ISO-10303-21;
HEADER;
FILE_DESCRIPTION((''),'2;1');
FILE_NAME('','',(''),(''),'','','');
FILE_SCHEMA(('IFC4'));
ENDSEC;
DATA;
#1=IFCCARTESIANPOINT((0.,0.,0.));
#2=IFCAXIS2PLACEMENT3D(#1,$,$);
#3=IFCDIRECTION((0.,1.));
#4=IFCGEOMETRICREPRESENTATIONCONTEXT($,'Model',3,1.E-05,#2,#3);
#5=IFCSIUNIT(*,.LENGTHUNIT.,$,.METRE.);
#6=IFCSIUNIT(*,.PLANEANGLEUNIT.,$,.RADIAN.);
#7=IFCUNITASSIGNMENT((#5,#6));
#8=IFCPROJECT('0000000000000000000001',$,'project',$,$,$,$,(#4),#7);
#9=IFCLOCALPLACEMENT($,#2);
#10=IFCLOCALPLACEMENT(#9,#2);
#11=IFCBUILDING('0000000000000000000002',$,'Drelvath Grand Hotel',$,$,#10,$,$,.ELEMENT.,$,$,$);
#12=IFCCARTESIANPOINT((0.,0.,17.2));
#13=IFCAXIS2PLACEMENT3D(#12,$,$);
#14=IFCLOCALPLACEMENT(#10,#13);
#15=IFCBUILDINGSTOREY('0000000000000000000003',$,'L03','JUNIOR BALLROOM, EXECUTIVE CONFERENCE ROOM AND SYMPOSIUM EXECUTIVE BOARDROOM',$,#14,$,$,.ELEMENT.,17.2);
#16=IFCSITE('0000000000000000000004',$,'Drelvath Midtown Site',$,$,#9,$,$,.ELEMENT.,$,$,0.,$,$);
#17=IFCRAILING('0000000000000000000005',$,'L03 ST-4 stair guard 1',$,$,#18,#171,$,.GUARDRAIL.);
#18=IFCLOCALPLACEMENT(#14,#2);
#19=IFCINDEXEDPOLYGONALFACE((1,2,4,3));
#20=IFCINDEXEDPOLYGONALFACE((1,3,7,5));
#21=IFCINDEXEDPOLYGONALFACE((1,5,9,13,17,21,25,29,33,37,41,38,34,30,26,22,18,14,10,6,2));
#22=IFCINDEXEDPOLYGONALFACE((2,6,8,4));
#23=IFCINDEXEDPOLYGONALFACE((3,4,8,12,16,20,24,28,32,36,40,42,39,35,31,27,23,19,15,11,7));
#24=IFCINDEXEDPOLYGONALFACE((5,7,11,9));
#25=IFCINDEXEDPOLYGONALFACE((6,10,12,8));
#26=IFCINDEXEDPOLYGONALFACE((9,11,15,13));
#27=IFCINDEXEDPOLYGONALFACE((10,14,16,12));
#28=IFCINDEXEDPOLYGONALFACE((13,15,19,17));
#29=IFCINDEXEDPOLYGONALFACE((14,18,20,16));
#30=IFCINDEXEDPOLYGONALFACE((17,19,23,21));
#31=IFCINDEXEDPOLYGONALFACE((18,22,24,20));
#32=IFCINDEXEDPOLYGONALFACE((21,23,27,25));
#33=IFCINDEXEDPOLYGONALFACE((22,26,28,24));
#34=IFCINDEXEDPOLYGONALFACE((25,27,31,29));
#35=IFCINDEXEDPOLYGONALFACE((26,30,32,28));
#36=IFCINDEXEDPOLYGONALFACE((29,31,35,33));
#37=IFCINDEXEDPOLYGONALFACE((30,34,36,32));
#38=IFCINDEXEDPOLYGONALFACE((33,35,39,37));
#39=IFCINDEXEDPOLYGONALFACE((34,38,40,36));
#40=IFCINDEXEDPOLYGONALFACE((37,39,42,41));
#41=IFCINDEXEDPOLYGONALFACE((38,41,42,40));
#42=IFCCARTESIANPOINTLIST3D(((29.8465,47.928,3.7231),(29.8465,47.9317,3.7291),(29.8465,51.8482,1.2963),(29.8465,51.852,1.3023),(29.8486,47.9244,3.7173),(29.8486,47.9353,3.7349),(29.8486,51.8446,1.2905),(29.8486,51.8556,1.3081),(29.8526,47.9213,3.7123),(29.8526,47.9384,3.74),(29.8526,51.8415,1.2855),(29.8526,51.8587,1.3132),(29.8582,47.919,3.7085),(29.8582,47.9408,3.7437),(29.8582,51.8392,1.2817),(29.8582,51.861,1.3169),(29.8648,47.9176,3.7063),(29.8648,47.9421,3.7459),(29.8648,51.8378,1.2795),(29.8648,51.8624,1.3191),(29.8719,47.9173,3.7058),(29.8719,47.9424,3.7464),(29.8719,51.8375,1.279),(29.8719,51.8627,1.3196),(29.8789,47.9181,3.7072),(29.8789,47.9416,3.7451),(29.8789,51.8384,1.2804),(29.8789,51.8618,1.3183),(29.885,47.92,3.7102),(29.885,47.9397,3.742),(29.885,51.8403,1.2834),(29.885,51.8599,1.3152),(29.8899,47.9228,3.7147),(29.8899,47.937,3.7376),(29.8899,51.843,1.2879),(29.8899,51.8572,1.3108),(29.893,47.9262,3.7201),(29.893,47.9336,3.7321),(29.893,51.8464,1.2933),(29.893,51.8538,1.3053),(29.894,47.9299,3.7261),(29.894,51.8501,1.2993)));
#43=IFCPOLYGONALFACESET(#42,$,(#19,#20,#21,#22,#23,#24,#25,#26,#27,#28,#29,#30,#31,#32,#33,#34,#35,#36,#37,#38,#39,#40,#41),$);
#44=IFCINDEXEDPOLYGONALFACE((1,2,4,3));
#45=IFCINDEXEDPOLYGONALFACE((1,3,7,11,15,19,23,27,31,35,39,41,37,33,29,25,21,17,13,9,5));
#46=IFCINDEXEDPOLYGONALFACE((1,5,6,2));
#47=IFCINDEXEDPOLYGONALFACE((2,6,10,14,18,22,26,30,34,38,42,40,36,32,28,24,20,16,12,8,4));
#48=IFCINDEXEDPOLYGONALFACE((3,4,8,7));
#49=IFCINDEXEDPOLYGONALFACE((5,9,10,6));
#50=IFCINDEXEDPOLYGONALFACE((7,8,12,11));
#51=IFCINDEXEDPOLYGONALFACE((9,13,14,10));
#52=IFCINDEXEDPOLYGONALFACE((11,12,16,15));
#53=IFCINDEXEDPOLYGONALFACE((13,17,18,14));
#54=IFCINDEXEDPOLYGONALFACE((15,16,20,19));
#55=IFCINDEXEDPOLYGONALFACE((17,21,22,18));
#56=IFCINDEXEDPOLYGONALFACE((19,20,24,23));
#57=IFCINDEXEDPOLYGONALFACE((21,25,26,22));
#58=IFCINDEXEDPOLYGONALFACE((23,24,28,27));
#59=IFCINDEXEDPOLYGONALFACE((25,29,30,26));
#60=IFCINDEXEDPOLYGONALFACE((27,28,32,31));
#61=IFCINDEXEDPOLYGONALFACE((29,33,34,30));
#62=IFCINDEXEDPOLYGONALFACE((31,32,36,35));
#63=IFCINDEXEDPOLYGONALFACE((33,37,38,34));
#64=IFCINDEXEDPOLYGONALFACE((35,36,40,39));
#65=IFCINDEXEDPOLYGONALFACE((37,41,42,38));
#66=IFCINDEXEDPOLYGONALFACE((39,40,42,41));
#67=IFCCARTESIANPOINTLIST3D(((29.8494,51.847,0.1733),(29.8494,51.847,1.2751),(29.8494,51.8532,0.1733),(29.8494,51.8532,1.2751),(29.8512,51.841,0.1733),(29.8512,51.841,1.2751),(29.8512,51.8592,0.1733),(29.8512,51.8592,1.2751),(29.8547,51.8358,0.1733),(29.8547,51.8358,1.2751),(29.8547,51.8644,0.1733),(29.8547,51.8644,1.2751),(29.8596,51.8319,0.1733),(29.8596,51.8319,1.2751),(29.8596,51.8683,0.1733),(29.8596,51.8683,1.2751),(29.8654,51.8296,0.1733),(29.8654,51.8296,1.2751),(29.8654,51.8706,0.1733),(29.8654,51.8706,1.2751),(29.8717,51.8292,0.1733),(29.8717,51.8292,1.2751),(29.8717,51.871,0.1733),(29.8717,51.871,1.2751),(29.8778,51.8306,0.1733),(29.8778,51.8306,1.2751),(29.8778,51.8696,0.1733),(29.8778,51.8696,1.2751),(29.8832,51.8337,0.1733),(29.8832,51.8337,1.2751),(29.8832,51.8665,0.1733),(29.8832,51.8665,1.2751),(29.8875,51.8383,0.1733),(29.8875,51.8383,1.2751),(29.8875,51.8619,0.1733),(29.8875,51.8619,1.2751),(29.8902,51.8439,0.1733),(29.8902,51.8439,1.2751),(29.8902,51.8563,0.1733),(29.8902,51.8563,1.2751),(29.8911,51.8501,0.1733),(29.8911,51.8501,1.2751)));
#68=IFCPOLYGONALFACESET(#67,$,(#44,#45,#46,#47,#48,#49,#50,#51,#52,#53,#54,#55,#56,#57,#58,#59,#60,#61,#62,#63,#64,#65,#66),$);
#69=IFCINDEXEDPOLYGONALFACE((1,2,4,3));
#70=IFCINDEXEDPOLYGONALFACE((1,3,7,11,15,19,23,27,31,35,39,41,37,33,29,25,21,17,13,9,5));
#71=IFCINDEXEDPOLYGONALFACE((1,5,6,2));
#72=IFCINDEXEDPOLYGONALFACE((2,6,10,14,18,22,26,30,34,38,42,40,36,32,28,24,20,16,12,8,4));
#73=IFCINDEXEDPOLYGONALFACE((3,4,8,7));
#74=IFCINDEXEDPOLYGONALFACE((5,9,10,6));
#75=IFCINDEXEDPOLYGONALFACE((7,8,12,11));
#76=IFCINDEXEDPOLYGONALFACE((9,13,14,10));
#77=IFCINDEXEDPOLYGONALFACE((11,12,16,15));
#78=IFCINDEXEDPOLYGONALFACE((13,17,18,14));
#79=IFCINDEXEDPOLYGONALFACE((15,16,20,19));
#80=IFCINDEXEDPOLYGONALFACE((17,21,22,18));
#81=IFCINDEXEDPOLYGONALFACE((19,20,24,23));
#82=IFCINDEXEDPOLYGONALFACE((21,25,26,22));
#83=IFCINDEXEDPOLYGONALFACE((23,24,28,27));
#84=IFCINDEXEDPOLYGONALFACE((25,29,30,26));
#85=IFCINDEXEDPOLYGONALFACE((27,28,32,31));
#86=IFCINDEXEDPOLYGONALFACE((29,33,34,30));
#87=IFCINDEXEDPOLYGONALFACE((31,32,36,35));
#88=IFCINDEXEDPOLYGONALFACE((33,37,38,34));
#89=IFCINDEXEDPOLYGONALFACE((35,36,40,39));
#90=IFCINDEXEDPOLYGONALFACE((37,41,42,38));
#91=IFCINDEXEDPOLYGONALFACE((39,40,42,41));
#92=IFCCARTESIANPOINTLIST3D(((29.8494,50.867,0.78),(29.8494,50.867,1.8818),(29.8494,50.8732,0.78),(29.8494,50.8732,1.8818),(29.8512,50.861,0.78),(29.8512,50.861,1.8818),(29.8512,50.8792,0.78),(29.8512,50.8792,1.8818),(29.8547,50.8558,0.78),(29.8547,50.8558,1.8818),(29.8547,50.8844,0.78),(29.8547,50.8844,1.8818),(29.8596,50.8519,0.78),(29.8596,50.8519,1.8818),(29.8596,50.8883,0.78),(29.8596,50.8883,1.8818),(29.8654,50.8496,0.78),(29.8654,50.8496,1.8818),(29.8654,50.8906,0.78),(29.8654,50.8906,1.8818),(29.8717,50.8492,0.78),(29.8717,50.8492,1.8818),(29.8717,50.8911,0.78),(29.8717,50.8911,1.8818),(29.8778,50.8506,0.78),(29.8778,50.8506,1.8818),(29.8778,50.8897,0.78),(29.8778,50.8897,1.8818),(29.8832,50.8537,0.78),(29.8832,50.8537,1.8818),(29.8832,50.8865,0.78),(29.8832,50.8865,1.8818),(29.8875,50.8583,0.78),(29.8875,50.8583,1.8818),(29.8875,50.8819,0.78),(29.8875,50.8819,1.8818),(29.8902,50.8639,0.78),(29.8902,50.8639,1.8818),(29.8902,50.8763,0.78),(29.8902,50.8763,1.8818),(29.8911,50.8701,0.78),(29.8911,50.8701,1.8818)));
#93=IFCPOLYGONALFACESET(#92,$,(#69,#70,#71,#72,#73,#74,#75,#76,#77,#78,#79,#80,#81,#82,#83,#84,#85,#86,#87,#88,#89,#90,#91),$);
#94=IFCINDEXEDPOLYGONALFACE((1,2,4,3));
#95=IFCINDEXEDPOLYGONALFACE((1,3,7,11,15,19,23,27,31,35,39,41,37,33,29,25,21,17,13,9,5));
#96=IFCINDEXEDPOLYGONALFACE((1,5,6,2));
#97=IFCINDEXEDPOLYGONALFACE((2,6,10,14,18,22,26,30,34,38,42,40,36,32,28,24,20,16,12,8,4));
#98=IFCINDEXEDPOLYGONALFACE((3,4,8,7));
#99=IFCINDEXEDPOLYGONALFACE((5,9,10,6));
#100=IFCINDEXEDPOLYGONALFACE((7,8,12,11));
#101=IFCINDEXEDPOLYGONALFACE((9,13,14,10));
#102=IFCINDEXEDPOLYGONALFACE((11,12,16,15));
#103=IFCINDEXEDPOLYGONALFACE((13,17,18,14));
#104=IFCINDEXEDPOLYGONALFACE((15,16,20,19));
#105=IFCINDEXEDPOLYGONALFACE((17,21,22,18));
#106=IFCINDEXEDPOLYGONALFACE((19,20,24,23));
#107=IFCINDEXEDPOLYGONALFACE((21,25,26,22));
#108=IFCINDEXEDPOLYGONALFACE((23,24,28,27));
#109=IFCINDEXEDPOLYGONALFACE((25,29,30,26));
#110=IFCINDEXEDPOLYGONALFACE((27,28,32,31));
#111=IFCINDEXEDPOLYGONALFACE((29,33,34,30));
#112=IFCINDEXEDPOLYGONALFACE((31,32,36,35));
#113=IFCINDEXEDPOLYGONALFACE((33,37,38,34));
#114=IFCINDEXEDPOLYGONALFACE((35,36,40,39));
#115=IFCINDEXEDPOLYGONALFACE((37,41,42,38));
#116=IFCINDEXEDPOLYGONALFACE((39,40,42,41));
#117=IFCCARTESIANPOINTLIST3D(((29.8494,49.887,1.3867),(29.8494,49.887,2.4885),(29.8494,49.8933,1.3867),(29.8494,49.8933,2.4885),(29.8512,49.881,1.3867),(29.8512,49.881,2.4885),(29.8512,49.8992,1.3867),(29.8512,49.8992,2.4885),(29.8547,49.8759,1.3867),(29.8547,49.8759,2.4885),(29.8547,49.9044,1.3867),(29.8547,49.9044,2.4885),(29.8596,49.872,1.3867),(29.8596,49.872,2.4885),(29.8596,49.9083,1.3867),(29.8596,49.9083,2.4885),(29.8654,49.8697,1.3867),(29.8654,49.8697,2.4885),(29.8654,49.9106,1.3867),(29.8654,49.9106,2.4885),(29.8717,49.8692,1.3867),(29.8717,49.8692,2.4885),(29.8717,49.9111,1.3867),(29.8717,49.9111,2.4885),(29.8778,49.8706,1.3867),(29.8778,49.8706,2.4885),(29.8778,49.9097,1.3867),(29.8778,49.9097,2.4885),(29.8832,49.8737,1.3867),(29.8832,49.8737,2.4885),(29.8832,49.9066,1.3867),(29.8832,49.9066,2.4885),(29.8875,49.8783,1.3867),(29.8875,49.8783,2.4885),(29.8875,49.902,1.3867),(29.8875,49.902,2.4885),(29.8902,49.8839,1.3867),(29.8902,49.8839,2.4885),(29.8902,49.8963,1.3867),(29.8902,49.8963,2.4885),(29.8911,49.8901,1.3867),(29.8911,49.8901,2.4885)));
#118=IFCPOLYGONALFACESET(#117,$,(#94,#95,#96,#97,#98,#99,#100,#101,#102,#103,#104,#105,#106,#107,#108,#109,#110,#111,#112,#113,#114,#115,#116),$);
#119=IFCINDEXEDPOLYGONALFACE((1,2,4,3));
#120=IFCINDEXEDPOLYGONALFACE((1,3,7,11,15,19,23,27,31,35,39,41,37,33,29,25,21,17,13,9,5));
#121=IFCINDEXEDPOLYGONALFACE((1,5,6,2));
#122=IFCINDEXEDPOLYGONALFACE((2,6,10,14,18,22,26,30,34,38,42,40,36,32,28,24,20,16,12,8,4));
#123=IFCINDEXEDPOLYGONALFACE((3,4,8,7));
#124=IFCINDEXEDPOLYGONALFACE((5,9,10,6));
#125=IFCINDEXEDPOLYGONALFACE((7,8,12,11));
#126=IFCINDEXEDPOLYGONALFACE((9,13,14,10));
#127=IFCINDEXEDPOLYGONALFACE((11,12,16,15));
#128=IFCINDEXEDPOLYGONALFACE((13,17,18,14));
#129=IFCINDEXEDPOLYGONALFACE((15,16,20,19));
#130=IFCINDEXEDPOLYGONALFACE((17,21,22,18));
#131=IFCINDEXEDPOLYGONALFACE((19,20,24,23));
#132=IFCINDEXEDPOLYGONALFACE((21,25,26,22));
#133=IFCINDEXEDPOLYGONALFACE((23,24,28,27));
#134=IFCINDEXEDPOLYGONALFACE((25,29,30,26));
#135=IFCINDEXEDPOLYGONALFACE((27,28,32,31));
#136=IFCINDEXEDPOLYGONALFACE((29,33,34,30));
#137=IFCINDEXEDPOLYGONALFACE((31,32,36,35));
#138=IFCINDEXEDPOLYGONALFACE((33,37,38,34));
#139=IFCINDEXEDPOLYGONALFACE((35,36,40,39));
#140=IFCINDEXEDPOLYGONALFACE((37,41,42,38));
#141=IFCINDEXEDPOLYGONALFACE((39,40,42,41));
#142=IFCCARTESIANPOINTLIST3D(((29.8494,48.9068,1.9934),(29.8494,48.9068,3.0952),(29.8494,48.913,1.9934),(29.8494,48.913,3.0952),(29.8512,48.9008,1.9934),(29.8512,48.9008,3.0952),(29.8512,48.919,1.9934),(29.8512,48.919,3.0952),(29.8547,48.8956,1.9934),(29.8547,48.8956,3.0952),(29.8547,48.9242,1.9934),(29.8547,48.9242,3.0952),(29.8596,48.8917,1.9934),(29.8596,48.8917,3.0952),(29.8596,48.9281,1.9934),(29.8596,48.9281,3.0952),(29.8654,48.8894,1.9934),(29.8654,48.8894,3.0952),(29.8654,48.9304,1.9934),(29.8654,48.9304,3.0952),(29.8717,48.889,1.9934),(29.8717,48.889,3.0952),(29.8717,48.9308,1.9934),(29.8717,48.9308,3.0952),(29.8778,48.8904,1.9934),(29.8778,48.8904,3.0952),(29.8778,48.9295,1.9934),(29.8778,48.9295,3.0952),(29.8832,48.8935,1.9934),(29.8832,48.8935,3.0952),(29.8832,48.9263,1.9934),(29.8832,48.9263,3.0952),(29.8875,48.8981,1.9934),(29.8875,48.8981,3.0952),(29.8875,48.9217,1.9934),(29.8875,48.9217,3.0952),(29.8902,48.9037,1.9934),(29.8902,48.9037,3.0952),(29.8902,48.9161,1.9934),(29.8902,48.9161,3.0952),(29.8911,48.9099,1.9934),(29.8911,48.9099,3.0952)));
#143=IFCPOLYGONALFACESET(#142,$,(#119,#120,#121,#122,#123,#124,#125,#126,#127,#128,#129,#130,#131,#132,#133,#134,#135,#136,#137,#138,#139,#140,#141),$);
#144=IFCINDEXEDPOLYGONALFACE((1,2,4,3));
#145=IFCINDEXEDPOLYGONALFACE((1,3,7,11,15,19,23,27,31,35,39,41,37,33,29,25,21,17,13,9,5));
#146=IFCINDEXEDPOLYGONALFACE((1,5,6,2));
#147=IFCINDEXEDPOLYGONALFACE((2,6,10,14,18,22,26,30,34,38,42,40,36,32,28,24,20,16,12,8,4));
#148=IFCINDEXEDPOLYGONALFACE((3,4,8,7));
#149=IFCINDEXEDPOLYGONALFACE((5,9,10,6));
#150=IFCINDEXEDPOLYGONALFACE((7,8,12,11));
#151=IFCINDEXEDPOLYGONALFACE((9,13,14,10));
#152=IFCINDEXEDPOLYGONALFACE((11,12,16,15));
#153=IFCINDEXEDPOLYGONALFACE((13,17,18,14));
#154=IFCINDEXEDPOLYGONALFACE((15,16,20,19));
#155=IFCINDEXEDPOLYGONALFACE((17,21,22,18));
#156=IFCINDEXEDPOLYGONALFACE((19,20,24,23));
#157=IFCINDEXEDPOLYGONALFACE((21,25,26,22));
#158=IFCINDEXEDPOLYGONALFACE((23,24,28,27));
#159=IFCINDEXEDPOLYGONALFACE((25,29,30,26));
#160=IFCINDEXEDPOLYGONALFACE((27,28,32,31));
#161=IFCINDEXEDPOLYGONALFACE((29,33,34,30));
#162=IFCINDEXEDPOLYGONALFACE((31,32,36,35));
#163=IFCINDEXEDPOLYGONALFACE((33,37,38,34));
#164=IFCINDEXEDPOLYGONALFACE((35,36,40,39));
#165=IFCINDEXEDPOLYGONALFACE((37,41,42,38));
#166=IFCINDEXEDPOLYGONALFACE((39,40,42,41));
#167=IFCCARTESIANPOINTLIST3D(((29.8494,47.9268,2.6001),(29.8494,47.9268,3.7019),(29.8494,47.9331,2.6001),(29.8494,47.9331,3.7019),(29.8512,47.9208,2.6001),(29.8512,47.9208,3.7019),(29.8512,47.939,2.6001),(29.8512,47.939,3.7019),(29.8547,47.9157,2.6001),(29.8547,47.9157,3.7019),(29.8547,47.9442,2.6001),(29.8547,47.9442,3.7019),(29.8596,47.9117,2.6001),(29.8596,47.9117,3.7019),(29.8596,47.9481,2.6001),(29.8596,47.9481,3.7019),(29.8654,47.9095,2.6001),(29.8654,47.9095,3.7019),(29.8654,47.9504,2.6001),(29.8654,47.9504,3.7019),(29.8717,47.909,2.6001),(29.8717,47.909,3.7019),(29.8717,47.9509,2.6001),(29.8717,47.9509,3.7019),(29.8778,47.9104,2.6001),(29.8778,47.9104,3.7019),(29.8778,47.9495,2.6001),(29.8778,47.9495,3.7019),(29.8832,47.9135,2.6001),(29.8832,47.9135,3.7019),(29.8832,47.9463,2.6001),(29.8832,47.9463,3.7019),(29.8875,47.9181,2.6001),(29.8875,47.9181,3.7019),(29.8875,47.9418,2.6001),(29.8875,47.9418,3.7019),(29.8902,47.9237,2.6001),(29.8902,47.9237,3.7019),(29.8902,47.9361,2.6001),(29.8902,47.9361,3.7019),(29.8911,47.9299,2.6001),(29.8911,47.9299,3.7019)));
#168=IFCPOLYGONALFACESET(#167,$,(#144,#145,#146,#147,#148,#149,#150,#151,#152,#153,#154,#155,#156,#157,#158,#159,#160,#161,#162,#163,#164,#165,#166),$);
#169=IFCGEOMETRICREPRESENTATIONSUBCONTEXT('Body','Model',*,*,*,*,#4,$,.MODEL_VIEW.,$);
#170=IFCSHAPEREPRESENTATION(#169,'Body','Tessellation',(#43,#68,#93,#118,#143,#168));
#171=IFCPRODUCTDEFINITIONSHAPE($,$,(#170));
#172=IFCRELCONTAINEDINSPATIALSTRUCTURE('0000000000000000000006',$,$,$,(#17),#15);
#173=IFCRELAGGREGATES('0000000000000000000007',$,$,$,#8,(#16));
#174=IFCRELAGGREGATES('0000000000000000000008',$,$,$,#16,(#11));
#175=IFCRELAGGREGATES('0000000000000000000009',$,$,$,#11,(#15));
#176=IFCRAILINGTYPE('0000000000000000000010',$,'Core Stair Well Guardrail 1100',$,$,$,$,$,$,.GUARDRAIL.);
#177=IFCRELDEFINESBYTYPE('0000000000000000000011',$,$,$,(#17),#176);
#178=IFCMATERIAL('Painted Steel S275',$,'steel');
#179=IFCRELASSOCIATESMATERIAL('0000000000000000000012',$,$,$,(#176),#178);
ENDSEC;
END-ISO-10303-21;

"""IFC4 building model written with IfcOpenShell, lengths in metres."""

from ifc_helpers import new_model, si_unit, direction, frame, origin, origin_2d, place, context, subcontext, project, spatial, circle, extrude, material, type_object, element, save


model = new_model("IFC4")

# Units and contexts
model_context = context("Model", 3, precision=1e-05, world=origin(), true_north=direction((0.0, 1.0)))
body_context = subcontext(model_context, "Body", "Model", "MODEL_VIEW")
ifc_project = project(units=[si_unit("LENGTHUNIT", "METRE"), si_unit("PLANEANGLEUNIT", "RADIAN")], contexts=[model_context])

# Site, building, storey
site_placement = place(None, origin())
site = spatial("IfcSite", under=ifc_project, at=site_placement, Name="Drelvath Midtown Site", CompositionType="ELEMENT", RefElevation=0.0)
building_placement = place(site_placement, origin())
building = spatial("IfcBuilding", under=site, at=building_placement, Name="Drelvath Grand Hotel", CompositionType="ELEMENT")
storey_placement = place(building_placement, frame((0.0, 0.0, 17.2)))
storey = spatial("IfcBuildingStorey", under=building, at=storey_placement, Name="L03", Description="JUNIOR BALLROOM, EXECUTIVE CONFERENCE ROOM AND SYMPOSIUM EXECUTIVE BOARDROOM", CompositionType="ELEMENT", Elevation=17.2)

# Railing
ifc_material_1 = material(Name="Painted Steel S275", Category="steel")
railing_type_1 = type_object("IfcRailingType", Name="Core Stair Well Guardrail 1100", PredefinedType="GUARDRAIL", material=ifc_material_1)
railing_1_placement = place(storey_placement, frame((29.8701, 51.8501, 0.1733)))
element("IfcRailing", 1, at=railing_1_placement, inside=storey, type_object=railing_type_1, Name="L03 ST-4 stair guard 1", PredefinedType="GUARDRAIL", context=body_context, shape_type="SweptSolid", body=[
    extrude(circle(Radius=0.0239, at=origin_2d()), frame((0.0, 0.0, 1.126), z_axis=(0.0, -0.850266, 0.526353), x_axis=(1.0, 0.0, 0.0)), (0.0, 0.0, 1.0), 4.6106),
    extrude(circle(Radius=0.021, at=origin_2d()), origin(), (0.0, 0.0, 1.0), 1.1018),
    extrude(circle(Radius=0.021, at=origin_2d()), frame((0.0, -0.98, 0.6067)), (0.0, 0.0, 1.0), 1.1018),
    extrude(circle(Radius=0.021, at=origin_2d()), frame((0.0, -1.96, 1.2134)), (0.0, 0.0, 1.0), 1.1018),
    extrude(circle(Radius=0.021, at=origin_2d()), frame((0.0, -2.9402, 1.8201)), (0.0, 0.0, 1.0), 1.1018),
    extrude(circle(Radius=0.021, at=origin_2d()), frame((0.0, -3.9202, 2.4268)), (0.0, 0.0, 1.0), 1.1018),
])

save(model, "model.ifc")
